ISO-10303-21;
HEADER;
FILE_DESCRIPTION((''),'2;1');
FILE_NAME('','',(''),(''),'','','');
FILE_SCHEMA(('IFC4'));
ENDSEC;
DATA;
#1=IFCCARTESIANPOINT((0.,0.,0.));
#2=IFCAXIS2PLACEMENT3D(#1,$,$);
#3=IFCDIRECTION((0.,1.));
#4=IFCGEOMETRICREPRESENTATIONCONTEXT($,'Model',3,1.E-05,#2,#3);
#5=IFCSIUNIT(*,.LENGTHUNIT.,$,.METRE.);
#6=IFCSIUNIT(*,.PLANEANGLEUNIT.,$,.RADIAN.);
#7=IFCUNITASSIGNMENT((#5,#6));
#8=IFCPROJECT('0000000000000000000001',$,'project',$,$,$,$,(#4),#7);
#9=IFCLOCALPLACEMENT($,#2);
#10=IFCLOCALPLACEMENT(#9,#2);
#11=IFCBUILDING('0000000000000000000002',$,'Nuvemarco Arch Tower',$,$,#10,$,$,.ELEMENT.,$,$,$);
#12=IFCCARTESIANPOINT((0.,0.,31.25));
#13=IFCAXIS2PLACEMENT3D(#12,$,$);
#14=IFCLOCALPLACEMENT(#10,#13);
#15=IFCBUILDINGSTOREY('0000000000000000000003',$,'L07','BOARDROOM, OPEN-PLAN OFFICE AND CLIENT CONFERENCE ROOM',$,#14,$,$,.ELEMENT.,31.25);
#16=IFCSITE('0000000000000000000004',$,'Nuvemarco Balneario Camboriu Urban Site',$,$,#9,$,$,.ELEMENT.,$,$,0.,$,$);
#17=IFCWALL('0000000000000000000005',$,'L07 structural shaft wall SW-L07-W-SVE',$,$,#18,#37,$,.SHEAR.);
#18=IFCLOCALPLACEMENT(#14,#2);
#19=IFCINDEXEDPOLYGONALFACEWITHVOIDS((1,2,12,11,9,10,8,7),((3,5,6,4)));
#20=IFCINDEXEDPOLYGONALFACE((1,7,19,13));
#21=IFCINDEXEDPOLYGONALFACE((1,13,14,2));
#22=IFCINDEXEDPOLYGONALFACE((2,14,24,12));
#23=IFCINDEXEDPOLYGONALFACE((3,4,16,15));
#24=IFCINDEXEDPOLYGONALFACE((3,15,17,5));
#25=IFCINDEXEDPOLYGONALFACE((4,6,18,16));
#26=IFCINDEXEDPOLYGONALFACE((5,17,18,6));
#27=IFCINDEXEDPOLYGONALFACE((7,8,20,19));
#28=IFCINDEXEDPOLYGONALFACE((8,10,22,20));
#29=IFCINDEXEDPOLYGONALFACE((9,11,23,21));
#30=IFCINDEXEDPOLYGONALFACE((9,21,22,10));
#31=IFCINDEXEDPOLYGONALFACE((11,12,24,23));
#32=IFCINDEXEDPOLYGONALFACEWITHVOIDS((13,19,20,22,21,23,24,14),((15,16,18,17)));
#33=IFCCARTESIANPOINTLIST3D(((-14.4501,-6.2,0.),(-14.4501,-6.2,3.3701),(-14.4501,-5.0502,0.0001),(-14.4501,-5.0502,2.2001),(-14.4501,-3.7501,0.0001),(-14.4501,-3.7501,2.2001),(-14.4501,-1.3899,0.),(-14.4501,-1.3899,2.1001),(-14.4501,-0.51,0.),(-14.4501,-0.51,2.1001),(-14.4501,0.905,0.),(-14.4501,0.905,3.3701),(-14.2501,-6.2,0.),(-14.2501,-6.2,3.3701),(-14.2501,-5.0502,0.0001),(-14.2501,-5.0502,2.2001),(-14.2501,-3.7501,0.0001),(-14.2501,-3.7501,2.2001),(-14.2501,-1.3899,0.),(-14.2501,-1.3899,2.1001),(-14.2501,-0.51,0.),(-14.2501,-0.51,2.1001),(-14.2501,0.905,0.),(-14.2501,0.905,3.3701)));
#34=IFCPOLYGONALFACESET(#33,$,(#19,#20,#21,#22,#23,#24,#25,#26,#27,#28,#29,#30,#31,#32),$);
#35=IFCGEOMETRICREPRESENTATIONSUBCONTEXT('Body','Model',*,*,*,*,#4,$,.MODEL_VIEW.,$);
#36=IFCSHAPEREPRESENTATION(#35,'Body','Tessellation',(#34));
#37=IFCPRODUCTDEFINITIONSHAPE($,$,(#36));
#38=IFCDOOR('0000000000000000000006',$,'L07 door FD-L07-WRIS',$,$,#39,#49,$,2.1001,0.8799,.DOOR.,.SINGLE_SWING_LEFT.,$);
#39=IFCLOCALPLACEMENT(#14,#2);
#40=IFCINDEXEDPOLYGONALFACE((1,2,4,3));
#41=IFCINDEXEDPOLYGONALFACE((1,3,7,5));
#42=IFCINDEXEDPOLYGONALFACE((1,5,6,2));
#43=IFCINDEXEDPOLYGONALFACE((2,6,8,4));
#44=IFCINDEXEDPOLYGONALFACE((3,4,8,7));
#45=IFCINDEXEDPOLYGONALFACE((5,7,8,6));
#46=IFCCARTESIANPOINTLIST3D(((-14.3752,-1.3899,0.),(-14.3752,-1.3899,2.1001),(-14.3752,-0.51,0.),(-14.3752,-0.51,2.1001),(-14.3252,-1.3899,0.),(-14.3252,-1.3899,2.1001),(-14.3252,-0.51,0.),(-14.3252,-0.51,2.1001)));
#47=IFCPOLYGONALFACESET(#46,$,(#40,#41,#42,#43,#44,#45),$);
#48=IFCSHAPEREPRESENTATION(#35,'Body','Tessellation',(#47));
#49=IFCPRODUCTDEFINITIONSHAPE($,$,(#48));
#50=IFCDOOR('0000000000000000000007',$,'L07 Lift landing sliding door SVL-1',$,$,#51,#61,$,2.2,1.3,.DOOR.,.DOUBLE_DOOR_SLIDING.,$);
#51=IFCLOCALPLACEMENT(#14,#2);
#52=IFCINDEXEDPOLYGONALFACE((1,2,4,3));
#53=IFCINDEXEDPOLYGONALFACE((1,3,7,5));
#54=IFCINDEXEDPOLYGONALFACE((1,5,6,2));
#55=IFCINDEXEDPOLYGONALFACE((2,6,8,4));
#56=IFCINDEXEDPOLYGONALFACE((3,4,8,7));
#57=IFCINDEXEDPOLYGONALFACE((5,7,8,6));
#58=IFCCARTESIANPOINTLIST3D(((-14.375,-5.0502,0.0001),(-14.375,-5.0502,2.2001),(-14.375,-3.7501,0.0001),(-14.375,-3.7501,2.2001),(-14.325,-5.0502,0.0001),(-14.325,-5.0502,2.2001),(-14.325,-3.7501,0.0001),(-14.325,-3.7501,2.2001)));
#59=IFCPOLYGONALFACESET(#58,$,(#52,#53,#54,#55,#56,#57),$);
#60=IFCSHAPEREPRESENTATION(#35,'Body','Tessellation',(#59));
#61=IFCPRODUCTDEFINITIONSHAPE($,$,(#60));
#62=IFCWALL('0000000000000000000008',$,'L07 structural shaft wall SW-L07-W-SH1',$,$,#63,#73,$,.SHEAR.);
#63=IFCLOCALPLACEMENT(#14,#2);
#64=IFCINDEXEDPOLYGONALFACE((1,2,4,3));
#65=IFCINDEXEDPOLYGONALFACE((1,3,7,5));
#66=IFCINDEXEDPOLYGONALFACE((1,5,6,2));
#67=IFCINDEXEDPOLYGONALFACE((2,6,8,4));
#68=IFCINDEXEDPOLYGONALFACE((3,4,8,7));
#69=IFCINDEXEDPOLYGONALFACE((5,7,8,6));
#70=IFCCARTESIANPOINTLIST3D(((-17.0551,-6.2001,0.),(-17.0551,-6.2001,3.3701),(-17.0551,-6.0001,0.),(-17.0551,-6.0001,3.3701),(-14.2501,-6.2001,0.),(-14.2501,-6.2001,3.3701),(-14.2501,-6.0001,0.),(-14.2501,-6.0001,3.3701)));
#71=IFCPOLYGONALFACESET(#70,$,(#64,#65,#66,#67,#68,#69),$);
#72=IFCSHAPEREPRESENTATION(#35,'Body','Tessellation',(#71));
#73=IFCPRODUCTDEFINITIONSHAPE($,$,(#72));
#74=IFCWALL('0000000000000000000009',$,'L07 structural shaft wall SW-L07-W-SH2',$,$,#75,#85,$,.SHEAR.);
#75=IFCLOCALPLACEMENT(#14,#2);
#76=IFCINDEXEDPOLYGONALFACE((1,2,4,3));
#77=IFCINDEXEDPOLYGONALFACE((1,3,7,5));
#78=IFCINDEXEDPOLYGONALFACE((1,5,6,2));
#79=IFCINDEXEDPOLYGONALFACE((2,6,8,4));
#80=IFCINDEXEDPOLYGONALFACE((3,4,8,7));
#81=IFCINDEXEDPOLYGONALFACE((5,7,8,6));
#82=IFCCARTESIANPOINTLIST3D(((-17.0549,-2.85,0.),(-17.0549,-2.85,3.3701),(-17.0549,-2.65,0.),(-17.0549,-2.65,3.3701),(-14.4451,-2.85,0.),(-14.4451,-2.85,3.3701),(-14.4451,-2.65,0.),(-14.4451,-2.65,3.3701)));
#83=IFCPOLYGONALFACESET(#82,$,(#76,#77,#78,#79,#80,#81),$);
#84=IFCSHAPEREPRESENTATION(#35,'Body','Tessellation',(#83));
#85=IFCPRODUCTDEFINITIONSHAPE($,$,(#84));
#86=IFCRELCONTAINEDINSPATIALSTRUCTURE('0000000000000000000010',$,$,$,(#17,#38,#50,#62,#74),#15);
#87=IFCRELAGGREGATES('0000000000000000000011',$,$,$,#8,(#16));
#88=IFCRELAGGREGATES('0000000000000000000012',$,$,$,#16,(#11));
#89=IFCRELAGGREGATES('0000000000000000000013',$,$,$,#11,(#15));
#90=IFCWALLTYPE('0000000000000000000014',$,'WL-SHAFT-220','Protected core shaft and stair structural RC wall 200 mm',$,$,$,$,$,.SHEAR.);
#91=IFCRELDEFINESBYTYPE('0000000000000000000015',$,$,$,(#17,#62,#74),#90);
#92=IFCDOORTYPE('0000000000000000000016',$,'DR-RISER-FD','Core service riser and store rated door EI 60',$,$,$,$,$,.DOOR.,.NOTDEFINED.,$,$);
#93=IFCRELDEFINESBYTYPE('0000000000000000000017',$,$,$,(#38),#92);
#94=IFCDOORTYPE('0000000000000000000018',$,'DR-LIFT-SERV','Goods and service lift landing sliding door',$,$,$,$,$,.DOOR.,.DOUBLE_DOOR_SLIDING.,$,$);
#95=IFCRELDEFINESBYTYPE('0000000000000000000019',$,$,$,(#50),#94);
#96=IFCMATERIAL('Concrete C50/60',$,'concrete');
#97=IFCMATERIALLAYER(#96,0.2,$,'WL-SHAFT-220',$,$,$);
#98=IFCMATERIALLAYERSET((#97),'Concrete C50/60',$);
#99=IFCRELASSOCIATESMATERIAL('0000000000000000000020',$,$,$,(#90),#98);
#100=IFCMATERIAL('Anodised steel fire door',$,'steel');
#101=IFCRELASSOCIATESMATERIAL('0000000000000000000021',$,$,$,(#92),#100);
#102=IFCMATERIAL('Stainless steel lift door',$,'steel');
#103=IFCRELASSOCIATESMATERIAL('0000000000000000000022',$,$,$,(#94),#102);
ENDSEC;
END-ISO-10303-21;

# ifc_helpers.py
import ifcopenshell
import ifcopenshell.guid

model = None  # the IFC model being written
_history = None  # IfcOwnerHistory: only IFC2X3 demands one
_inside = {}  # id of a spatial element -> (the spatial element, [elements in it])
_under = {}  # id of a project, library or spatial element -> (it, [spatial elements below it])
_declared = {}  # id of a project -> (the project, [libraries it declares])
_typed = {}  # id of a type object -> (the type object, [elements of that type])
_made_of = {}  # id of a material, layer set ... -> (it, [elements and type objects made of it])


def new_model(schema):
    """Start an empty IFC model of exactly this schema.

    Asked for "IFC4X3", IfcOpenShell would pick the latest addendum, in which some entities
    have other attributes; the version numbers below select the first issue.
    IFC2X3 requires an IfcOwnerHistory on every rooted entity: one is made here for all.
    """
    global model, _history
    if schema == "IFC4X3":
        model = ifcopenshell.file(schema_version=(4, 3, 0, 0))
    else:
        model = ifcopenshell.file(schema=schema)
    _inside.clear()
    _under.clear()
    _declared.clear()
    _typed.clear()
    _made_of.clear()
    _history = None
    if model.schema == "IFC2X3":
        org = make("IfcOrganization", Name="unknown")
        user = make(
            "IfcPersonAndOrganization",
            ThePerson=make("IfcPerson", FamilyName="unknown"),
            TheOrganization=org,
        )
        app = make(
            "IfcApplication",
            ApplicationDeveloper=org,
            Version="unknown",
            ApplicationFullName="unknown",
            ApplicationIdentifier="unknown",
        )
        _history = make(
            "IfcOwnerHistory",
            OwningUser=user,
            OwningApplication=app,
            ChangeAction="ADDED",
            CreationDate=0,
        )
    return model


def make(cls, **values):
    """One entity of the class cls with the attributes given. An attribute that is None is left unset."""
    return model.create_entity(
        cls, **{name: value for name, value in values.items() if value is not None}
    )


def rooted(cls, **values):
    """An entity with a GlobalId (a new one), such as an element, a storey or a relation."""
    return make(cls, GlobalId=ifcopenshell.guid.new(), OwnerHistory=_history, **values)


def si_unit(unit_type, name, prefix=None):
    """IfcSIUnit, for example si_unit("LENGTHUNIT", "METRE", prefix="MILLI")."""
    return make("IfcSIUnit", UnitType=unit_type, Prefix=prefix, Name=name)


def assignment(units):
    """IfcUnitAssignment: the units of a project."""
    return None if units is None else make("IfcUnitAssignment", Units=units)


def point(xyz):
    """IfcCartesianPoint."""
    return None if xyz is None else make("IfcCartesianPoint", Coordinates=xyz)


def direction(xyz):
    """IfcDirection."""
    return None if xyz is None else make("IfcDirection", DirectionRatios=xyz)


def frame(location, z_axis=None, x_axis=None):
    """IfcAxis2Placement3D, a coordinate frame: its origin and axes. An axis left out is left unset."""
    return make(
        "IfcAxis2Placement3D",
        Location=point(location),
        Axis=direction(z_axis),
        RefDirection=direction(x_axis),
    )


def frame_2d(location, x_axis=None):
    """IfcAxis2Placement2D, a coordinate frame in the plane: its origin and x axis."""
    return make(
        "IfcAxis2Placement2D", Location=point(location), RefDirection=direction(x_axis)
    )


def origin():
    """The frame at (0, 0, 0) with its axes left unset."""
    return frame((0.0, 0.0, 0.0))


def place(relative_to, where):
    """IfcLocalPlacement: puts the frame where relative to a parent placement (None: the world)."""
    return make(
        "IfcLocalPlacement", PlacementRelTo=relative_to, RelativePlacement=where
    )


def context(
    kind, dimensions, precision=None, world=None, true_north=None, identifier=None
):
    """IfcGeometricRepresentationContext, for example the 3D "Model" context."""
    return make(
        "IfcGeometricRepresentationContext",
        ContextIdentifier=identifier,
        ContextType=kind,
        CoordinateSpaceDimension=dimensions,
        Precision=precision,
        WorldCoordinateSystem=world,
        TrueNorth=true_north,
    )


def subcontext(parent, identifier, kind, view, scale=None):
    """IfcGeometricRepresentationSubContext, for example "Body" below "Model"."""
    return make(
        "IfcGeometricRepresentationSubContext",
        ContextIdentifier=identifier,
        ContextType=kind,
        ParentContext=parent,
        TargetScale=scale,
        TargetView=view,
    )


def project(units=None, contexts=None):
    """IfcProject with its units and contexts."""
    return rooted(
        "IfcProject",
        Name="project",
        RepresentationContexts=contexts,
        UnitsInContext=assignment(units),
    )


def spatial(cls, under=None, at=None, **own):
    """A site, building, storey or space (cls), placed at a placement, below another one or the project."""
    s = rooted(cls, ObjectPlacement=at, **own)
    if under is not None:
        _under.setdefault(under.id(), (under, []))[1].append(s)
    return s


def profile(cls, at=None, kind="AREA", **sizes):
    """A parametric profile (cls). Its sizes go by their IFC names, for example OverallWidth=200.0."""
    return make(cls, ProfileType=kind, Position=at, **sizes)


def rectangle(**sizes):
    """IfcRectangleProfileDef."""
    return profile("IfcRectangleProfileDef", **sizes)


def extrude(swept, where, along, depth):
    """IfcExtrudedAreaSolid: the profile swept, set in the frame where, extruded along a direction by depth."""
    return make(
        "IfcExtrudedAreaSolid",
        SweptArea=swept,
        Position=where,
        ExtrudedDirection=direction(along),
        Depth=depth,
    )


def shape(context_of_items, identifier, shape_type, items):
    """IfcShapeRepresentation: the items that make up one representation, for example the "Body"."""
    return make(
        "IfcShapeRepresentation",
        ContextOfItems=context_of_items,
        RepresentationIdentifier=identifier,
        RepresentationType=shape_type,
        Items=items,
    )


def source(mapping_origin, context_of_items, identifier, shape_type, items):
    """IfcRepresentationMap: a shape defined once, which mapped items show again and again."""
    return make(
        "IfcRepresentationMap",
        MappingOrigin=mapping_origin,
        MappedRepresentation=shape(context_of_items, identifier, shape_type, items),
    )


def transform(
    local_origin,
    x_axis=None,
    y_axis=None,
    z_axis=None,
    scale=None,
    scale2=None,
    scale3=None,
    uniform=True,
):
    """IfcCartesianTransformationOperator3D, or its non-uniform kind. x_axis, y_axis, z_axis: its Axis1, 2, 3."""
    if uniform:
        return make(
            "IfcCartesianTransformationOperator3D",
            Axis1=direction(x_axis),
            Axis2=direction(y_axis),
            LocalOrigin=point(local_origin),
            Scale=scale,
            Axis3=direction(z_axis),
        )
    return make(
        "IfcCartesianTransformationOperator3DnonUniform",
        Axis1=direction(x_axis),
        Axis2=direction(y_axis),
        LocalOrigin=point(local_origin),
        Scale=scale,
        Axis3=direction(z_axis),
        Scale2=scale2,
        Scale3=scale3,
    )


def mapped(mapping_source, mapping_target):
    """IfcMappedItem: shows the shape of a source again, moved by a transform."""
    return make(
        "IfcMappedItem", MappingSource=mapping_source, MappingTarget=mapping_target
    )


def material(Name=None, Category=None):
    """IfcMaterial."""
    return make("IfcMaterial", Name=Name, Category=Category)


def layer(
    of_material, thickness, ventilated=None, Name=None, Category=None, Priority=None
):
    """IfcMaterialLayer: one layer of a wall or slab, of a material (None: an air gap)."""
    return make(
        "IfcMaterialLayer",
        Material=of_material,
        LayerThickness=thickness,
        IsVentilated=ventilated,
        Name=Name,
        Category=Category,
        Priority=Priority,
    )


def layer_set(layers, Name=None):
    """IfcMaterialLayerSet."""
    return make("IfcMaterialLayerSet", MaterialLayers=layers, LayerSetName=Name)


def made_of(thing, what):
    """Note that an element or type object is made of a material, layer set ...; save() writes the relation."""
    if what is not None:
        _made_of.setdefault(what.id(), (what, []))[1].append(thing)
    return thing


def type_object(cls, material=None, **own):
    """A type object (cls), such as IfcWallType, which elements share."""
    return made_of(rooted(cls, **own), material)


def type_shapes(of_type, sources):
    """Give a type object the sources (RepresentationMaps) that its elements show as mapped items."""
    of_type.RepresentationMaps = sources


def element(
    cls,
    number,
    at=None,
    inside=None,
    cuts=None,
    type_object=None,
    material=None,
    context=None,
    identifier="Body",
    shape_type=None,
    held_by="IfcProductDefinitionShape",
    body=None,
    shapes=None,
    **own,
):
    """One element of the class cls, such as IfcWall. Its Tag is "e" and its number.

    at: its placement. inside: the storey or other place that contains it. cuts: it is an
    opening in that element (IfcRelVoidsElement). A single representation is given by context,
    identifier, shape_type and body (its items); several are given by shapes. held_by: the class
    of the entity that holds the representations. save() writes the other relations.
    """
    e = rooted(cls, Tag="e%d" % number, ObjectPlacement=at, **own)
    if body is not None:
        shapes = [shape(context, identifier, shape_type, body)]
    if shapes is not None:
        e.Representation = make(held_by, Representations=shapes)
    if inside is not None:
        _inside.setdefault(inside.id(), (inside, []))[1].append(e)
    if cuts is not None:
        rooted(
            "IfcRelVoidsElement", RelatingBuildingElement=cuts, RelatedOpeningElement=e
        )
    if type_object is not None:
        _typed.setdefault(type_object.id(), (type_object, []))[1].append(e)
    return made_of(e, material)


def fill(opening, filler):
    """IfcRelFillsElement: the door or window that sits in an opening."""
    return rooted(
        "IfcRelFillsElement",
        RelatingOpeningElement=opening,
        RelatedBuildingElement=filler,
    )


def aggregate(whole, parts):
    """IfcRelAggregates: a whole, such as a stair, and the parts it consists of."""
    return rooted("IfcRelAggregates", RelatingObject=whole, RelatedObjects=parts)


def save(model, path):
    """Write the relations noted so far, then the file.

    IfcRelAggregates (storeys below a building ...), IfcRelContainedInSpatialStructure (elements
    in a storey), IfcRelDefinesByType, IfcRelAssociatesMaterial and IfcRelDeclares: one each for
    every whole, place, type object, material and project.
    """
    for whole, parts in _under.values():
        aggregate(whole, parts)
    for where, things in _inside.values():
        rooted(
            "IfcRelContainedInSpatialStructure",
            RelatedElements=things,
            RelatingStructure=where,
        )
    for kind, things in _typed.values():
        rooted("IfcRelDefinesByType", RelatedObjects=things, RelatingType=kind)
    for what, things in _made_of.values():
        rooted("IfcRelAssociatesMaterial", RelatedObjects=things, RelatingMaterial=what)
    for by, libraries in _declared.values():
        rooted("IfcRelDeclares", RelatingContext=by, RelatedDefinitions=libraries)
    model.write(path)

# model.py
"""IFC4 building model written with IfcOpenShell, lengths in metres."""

from ifc_helpers import new_model, si_unit, direction, frame, frame_2d, origin, place, context, subcontext, project, spatial, rectangle, extrude, source, transform, mapped, material, layer, layer_set, type_object, type_shapes, element, fill, save


model = new_model("IFC4")

# Units and contexts
model_context = context("Model", 3, precision=1e-05, world=origin(), true_north=direction((0.0, 1.0)))
body_context = subcontext(model_context, "Body", "Model", "MODEL_VIEW")
ifc_project = project(units=[si_unit("LENGTHUNIT", "METRE"), si_unit("PLANEANGLEUNIT", "RADIAN")], contexts=[model_context])

# Site, building, storey
site_placement = place(None, origin())
site = spatial("IfcSite", under=ifc_project, at=site_placement, Name="Nuvemarco Balneario Camboriu Urban Site", CompositionType="ELEMENT", RefElevation=0.0)
building_placement = place(site_placement, origin())
building = spatial("IfcBuilding", under=site, at=building_placement, Name="Nuvemarco Arch Tower", CompositionType="ELEMENT")
storey_placement = place(building_placement, frame((0.0, 0.0, 31.25)))
storey = spatial("IfcBuildingStorey", under=building, at=storey_placement, Name="L07", Description="BOARDROOM, OPEN-PLAN OFFICE AND CLIENT CONFERENCE ROOM", CompositionType="ELEMENT", Elevation=31.25)

# Shared definitions
ifc_material_1 = material(Name="Concrete C50/60", Category="concrete")
ifc_layer_1 = layer(ifc_material_1, 0.2, Name="WL-SHAFT-220")
ifc_layer_set_1 = layer_set([ifc_layer_1], Name="Concrete C50/60")
wall_type_1 = type_object("IfcWallType", Name="WL-SHAFT-220", Description="Protected core shaft and stair structural RC wall 200 mm", PredefinedType="SHEAR", material=ifc_layer_set_1)
ifc_material_2 = material(Name="Stainless steel lift door", Category="steel")

# Wall, openings, doors
wall_1_placement = place(storey_placement, frame((-14.3501, -6.2, 0.0), z_axis=(0.0, 0.0, 1.0), x_axis=(0.0, 1.0, 0.0)))
wall_1 = element("IfcWall", 1, at=wall_1_placement, inside=storey, type_object=wall_type_1, Name="L07 structural shaft wall SW-L07-W-SVE", PredefinedType="SHEAR", context=body_context, shape_type="SweptSolid", body=[
    extrude(rectangle(XDim=7.105, YDim=0.2, at=frame_2d((3.5525, 0.0))), origin(), (0.0, 0.0, 1.0), 3.3701),
])
opening_1_placement = place(wall_1_placement, frame((5.6899, 0.0, 0.0), z_axis=(0.0, 0.0, 1.0), x_axis=(-1.0, 0.0, 0.0)))
opening_1 = element("IfcOpeningElement", 2, at=opening_1_placement, cuts=wall_1, PredefinedType="OPENING", context=body_context, shape_type="SweptSolid", body=[
    extrude(rectangle(XDim=0.8799, YDim=2.1001, at=frame_2d((0.4399, 1.05))), frame((0.0, 0.1099, 0.0), z_axis=(0.0, -1.0, 0.0), x_axis=(1.0, 0.0, 0.0)), (0.0, 0.0, 1.0), 0.22),
])
opening_2_placement = place(wall_1_placement, frame((1.1499, 0.0, 0.0)))
opening_2 = element("IfcOpeningElement", 3, at=opening_2_placement, cuts=wall_1, PredefinedType="OPENING", context=body_context, shape_type="SweptSolid", body=[
    extrude(rectangle(XDim=1.3, YDim=2.2, at=frame_2d((0.6499, 1.1001))), frame((0.0, 0.1099, 0.0), z_axis=(0.0, -1.0, 0.0), x_axis=(1.0, 0.0, 0.0)), (0.0, 0.0, 1.0), 0.22),
])
ifc_material_3 = material(Name="Anodised steel fire door", Category="steel")
door_type_1 = type_object("IfcDoorType", Name="DR-RISER-FD", Description="Core service riser and store rated door EI 60", OperationType="NOTDEFINED", PredefinedType="DOOR", material=ifc_material_3)
shared_shape_1 = source(origin(), body_context, "Body", "SweptSolid", [
    extrude(rectangle(XDim=0.8799, YDim=2.1001, at=frame_2d((0.4399, 1.05))), frame((0.0, 0.0249, 0.0), z_axis=(0.0, -1.0, 0.0), x_axis=(1.0, 0.0, 0.0)), (0.0, 0.0, 1.0), 0.05),
])
type_shapes(door_type_1, [shared_shape_1])
door_1_placement = place(opening_1_placement, origin())
door_1 = element("IfcDoor", 4, at=door_1_placement, inside=storey, type_object=door_type_1, Name="L07 door FD-L07-WRIS", OperationType="SINGLE_SWING_LEFT", OverallHeight=2.1001, OverallWidth=0.8799, PredefinedType="DOOR", context=body_context, shape_type="MappedRepresentation", body=[
    mapped(shared_shape_1, transform((0.0, 0.0, 0.0), scale=1.0)),
])
fill(opening_1, door_1)
door_type_2 = type_object("IfcDoorType", Name="DR-LIFT-SERV", Description="Goods and service lift landing sliding door", OperationType="DOUBLE_DOOR_SLIDING", PredefinedType="DOOR", material=ifc_material_2)
shared_shape_2 = source(origin(), body_context, "Body", "SweptSolid", [
    extrude(rectangle(XDim=1.3, YDim=2.2, at=frame_2d((0.6499, 1.1001))), frame((0.0, 0.0249, 0.0), z_axis=(0.0, -1.0, 0.0), x_axis=(1.0, 0.0, 0.0)), (0.0, 0.0, 1.0), 0.05),
])
type_shapes(door_type_2, [shared_shape_2])
door_2_placement = place(opening_2_placement, origin())
door_2 = element("IfcDoor", 5, at=door_2_placement, inside=storey, type_object=door_type_2, Name="L07 Lift landing sliding door SVL-1", OperationType="DOUBLE_DOOR_SLIDING", OverallHeight=2.2, OverallWidth=1.3, PredefinedType="DOOR", context=body_context, shape_type="MappedRepresentation", body=[
    mapped(shared_shape_2, transform((0.0, 0.0, 0.0), scale=1.0)),
])
fill(opening_2, door_2)

# Walls
wall_2_placement = place(storey_placement, frame((-17.0549, -6.1001, 0.0), z_axis=(0.0, 0.0, 1.0), x_axis=(1.0, 0.0, 0.0)))
element("IfcWall", 6, at=wall_2_placement, inside=storey, type_object=wall_type_1, Name="L07 structural shaft wall SW-L07-W-SH1", PredefinedType="SHEAR", context=body_context, shape_type="SweptSolid", body=[
    extrude(rectangle(XDim=2.8049, YDim=0.2, at=frame_2d((1.4023, 0.0))), origin(), (0.0, 0.0, 1.0), 3.3701),
])
wall_3_placement = place(storey_placement, frame((-17.0549, -2.75, 0.0), z_axis=(0.0, 0.0, 1.0), x_axis=(1.0, 0.0, 0.0)))
element("IfcWall", 7, at=wall_3_placement, inside=storey, type_object=wall_type_1, Name="L07 structural shaft wall SW-L07-W-SH2", PredefinedType="SHEAR", context=body_context, shape_type="SweptSolid", body=[
    extrude(rectangle(XDim=2.6099, YDim=0.2, at=frame_2d((1.3049, 0.0))), origin(), (0.0, 0.0, 1.0), 3.3701),
])

save(model, "model.ifc")
